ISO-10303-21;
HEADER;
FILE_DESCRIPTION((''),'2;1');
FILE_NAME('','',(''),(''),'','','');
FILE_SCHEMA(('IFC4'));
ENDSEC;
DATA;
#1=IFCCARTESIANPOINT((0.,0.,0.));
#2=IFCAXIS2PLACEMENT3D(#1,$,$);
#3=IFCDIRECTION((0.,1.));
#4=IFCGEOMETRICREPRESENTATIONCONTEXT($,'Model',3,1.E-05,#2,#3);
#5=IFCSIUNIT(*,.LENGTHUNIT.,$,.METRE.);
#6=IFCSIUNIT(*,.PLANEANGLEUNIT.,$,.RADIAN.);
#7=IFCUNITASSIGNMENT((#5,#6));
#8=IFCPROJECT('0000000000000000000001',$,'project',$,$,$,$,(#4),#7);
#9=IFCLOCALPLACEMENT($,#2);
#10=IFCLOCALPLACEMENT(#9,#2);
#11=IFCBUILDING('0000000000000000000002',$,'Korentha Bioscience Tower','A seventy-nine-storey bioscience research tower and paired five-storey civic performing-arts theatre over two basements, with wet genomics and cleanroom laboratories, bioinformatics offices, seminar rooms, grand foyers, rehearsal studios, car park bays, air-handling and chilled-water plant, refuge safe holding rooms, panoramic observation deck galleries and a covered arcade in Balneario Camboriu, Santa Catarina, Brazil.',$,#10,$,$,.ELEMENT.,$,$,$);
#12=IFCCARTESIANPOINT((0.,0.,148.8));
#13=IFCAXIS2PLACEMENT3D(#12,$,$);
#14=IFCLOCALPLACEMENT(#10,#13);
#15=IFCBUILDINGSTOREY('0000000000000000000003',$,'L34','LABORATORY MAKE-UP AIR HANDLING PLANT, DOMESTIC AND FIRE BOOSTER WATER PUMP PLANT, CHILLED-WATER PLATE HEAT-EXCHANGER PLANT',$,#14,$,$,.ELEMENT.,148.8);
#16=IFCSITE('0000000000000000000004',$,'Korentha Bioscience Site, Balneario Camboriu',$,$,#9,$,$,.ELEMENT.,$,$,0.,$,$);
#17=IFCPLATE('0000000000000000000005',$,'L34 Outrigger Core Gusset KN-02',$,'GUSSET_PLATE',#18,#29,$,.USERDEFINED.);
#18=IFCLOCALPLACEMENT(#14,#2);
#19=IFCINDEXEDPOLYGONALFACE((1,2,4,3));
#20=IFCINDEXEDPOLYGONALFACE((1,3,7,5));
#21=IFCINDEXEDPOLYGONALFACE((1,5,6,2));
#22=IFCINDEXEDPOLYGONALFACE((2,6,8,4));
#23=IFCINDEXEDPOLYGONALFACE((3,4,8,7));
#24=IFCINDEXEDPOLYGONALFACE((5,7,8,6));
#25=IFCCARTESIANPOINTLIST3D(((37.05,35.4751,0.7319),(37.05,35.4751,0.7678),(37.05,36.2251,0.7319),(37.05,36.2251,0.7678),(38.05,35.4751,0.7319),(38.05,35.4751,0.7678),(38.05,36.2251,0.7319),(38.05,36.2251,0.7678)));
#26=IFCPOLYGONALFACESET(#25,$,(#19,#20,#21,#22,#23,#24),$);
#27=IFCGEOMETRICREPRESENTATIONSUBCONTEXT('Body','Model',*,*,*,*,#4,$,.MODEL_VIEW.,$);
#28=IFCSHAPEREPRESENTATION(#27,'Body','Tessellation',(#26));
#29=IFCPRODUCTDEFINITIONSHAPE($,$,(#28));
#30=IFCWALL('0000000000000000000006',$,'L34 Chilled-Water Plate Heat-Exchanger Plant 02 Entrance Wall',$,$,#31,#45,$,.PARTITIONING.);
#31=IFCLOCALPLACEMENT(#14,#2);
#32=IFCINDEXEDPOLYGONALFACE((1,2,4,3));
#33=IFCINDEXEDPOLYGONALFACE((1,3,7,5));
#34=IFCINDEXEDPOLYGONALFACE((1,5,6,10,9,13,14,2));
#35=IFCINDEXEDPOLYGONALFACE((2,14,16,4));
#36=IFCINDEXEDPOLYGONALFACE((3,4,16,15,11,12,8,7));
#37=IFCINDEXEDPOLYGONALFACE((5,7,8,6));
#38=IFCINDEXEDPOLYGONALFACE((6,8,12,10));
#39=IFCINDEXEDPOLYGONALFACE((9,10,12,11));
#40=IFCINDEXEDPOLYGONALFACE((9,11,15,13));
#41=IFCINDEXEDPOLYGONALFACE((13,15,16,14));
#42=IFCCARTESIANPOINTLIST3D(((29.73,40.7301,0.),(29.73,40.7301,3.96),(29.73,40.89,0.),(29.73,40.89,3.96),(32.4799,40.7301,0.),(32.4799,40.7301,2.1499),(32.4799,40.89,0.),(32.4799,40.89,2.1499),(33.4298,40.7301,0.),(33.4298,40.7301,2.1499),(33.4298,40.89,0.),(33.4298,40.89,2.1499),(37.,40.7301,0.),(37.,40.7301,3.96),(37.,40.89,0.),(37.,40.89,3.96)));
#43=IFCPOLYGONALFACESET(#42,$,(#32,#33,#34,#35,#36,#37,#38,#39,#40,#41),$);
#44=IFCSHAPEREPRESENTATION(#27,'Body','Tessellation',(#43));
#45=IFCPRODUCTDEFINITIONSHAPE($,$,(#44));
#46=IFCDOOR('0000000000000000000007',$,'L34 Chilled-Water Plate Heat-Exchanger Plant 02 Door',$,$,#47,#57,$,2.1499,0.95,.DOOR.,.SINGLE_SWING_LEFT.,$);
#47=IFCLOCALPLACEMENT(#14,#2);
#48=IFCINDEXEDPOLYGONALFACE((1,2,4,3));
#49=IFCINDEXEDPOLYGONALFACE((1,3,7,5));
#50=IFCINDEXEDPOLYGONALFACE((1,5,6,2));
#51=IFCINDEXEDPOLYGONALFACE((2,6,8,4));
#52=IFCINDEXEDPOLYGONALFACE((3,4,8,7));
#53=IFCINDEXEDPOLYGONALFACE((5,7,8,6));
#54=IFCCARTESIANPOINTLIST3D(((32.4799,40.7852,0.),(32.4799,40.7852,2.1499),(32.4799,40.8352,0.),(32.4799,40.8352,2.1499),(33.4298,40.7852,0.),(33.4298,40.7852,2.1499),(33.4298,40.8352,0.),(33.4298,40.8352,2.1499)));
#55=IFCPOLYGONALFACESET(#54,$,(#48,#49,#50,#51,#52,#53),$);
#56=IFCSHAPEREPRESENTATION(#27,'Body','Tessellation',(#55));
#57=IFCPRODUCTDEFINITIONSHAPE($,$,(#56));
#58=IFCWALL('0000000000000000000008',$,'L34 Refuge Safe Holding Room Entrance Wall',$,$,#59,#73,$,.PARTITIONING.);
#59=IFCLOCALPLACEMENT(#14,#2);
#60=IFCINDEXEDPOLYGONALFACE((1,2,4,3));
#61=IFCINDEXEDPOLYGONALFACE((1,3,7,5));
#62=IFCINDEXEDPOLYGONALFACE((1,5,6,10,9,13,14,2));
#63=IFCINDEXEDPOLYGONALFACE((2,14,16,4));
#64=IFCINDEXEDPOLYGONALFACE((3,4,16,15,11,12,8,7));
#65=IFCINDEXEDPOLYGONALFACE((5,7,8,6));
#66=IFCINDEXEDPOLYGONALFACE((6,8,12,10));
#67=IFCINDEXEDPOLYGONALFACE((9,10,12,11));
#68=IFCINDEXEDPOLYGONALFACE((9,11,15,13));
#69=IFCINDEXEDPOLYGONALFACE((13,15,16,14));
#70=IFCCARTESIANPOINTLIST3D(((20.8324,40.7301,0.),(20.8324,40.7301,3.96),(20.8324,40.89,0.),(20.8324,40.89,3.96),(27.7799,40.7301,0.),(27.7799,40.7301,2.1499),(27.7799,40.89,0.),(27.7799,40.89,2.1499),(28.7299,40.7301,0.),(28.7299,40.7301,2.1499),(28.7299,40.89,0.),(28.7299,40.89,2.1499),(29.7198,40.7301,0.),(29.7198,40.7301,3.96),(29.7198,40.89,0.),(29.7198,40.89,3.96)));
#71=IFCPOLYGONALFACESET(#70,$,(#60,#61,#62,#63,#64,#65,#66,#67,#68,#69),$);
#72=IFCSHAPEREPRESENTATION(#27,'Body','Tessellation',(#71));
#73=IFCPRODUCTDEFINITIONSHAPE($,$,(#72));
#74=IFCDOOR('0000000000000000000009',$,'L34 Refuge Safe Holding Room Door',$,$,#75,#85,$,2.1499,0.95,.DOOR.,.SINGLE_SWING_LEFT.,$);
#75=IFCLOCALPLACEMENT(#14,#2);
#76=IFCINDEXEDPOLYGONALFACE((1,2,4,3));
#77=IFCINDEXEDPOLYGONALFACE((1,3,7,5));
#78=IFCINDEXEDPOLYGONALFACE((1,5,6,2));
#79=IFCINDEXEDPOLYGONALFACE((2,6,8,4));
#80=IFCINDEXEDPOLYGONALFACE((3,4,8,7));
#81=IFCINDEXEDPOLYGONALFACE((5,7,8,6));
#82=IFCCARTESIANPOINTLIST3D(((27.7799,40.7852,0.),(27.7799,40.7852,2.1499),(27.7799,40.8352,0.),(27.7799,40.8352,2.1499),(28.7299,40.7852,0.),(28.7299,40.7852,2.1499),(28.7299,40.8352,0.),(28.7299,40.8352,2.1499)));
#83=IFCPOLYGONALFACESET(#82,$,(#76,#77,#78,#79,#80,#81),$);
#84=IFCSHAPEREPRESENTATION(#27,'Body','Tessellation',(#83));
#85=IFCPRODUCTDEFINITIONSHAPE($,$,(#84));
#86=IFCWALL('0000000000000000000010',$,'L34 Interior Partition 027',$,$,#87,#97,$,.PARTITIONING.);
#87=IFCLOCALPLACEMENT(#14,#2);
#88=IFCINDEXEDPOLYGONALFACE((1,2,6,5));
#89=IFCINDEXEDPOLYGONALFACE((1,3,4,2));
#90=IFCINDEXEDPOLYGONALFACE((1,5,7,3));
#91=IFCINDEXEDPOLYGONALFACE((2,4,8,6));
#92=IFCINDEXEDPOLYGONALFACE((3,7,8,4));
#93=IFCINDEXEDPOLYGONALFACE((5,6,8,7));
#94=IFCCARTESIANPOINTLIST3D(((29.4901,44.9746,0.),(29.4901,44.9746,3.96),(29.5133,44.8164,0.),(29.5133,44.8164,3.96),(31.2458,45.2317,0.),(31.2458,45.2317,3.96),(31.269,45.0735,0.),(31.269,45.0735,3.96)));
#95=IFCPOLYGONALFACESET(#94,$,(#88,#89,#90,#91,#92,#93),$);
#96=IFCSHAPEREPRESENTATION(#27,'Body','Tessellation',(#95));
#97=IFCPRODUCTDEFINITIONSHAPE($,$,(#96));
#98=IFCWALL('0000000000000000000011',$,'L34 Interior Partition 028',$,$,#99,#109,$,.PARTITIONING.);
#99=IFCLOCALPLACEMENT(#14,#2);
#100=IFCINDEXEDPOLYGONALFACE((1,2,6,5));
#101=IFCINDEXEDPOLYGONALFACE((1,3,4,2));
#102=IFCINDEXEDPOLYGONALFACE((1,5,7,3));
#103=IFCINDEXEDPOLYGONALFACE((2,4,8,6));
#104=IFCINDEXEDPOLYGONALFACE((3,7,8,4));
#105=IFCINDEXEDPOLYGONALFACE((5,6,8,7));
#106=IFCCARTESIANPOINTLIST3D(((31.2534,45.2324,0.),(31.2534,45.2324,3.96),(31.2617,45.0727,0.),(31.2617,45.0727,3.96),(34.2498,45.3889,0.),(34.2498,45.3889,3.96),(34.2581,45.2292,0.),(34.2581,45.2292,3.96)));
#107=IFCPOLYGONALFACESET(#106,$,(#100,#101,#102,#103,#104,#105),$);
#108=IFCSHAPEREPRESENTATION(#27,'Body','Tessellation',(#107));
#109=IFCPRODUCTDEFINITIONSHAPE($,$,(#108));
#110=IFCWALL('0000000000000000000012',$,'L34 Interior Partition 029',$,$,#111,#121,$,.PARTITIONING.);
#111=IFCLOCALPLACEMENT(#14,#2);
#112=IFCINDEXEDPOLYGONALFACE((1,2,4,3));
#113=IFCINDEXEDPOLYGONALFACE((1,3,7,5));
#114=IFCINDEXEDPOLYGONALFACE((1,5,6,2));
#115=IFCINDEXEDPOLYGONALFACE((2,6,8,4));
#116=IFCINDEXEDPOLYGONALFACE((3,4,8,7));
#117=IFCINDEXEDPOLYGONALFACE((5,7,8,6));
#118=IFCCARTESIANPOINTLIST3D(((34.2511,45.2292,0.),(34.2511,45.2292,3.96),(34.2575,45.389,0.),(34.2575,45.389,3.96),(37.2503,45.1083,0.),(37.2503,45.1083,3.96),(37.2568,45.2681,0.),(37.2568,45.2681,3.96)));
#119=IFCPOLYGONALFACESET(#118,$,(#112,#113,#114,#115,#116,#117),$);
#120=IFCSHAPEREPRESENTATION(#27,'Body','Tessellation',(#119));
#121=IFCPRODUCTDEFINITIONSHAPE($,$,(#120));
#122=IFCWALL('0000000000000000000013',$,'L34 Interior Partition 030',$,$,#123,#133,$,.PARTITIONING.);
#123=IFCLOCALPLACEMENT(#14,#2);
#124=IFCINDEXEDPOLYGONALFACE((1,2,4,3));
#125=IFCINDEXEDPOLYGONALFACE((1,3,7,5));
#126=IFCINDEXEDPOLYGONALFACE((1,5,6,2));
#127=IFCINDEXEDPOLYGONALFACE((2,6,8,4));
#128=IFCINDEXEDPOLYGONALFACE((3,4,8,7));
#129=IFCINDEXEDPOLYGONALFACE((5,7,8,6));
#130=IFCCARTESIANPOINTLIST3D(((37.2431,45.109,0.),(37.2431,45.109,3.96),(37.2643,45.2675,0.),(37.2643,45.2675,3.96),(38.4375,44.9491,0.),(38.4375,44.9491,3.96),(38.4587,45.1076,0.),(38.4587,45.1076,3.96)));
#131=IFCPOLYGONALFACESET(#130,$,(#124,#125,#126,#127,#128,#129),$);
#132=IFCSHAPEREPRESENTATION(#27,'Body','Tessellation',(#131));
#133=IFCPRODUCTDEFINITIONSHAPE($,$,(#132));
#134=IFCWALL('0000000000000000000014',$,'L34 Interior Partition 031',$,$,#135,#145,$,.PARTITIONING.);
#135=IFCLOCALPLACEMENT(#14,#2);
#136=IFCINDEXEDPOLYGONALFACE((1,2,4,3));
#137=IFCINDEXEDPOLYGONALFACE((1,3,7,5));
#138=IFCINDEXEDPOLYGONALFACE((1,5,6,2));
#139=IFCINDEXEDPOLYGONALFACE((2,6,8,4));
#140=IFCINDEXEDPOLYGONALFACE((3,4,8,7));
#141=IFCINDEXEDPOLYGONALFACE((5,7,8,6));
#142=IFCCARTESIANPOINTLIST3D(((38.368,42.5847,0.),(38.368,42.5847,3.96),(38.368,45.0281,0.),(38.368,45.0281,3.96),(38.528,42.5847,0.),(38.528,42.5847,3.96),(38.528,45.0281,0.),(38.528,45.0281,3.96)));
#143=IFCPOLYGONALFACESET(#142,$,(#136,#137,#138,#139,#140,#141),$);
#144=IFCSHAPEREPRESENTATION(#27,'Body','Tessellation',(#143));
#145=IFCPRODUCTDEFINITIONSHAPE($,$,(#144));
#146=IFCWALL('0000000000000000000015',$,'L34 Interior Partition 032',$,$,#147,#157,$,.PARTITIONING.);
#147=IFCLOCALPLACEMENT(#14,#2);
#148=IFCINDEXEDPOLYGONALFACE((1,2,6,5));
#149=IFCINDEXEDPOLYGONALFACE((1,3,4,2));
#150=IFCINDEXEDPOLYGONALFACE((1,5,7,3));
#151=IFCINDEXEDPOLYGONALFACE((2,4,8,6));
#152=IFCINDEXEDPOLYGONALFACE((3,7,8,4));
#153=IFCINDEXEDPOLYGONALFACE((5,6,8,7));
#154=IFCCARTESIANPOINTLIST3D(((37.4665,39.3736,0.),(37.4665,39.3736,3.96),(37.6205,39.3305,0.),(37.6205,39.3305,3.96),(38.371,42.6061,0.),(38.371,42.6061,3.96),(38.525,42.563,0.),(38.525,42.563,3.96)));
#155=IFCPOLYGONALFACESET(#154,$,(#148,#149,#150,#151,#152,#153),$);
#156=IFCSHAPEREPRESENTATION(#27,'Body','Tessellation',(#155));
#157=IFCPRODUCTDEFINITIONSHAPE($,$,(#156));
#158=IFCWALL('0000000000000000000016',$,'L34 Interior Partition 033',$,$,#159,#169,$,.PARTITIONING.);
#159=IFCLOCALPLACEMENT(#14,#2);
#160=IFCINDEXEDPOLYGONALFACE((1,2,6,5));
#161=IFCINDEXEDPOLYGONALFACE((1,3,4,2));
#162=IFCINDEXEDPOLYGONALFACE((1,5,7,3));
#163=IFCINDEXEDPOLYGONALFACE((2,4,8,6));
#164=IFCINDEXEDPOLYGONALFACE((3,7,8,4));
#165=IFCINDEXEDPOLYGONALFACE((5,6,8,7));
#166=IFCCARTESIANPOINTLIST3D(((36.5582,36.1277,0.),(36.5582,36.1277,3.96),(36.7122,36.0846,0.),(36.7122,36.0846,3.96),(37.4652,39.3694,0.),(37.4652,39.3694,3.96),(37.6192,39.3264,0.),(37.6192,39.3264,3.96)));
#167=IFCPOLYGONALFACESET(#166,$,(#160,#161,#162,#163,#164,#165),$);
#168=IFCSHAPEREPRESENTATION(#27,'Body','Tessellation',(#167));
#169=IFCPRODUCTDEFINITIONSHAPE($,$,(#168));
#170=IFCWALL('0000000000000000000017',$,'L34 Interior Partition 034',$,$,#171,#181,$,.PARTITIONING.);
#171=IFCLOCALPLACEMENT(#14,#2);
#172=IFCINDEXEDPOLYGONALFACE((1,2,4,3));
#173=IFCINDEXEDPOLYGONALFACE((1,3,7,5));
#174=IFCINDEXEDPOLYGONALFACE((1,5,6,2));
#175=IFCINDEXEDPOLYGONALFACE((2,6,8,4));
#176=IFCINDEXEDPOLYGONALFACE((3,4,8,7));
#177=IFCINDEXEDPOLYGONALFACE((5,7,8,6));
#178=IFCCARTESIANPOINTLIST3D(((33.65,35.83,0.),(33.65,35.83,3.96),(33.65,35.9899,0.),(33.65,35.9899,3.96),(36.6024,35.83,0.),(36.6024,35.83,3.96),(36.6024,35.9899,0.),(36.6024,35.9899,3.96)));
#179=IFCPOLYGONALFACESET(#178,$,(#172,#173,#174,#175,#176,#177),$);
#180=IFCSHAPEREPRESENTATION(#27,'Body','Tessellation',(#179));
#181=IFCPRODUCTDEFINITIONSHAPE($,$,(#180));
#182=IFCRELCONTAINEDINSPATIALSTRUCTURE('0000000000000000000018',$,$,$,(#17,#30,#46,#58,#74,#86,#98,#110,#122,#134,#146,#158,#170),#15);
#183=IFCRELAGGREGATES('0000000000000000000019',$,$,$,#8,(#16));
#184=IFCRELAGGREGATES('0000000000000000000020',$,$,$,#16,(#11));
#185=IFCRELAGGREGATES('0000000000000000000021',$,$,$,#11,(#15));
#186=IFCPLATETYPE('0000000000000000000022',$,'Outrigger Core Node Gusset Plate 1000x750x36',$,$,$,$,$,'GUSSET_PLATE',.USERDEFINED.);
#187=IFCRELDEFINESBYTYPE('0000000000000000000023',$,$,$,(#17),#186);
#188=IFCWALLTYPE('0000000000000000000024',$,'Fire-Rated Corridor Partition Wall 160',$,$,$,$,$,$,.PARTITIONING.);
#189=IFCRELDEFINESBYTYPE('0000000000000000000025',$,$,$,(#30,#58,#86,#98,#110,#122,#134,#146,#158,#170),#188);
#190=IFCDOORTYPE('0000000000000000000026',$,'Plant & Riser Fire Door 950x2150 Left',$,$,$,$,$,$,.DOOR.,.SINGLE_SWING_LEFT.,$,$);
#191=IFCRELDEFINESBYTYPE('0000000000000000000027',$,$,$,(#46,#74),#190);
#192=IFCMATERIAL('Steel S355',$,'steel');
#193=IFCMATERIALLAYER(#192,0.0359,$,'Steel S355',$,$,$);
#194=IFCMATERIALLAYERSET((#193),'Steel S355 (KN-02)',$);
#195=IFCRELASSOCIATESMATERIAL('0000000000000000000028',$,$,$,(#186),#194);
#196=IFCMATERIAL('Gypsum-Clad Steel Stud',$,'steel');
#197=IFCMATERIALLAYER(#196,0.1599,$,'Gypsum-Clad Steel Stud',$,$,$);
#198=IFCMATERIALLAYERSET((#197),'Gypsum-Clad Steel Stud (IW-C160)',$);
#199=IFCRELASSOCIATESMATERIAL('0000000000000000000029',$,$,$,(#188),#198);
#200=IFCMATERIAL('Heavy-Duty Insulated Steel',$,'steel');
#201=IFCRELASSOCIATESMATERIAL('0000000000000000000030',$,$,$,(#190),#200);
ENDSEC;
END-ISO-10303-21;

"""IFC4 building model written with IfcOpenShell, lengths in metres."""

from ifc_helpers import new_model, si_unit, direction, frame, frame_2d, origin, origin_2d, place, context, subcontext, project, spatial, rectangle, extrude, material, layer, layer_set, type_object, element, fill, save


model = new_model("IFC4")

# Units and contexts
model_context = context("Model", 3, precision=1e-05, world=origin(), true_north=direction((0.0, 1.0)))
body_context = subcontext(model_context, "Body", "Model", "MODEL_VIEW")
ifc_project = project(units=[si_unit("LENGTHUNIT", "METRE"), si_unit("PLANEANGLEUNIT", "RADIAN")], contexts=[model_context])

# Site, building, storey
site_placement = place(None, origin())
site = spatial("IfcSite", under=ifc_project, at=site_placement, Name="Korentha Bioscience Site, Balneario Camboriu", CompositionType="ELEMENT", RefElevation=0.0)
building_placement = place(site_placement, origin())
building = spatial("IfcBuilding", under=site, at=building_placement, Name="Korentha Bioscience Tower", Description="A seventy-nine-storey bioscience research tower and paired five-storey civic performing-arts theatre over two basements, with wet genomics and cleanroom laboratories, bioinformatics offices, seminar rooms, grand foyers, rehearsal studios, car park bays, air-handling and chilled-water plant, refuge safe holding rooms, panoramic observation deck galleries and a covered arcade in Balneario Camboriu, Santa Catarina, Brazil.", CompositionType="ELEMENT")
storey_placement = place(building_placement, frame((0.0, 0.0, 148.8)))
storey = spatial("IfcBuildingStorey", under=building, at=storey_placement, Name="L34", Description="LABORATORY MAKE-UP AIR HANDLING PLANT, DOMESTIC AND FIRE BOOSTER WATER PUMP PLANT, CHILLED-WATER PLATE HEAT-EXCHANGER PLANT", CompositionType="ELEMENT", Elevation=148.8)

# Shared definitions
ifc_material_1 = material(Name="Steel S355", Category="steel")

# Plate
ifc_layer_1 = layer(ifc_material_1, 0.0359, Name="Steel S355")
ifc_layer_set_1 = layer_set([ifc_layer_1], Name="Steel S355 (KN-02)")
plate_type_1 = type_object("IfcPlateType", Name="Outrigger Core Node Gusset Plate 1000x750x36", ElementType="GUSSET_PLATE", PredefinedType="USERDEFINED", material=ifc_layer_set_1)
plate_1_placement = place(storey_placement, frame((37.55, 35.8501, 0.7319), z_axis=(0.0, 0.0, 1.0), x_axis=(1.0, 0.0, 0.0)))
element("IfcPlate", 1, at=plate_1_placement, inside=storey, type_object=plate_type_1, Name="L34 Outrigger Core Gusset KN-02", ObjectType="GUSSET_PLATE", PredefinedType="USERDEFINED", context=body_context, shape_type="SweptSolid", body=[
    extrude(rectangle(XDim=1.0, YDim=0.75, at=origin_2d()), origin(), (0.0, 0.0, 1.0), 0.0359),
])

# Walls, openings, doors
ifc_material_2 = material(Name="Gypsum-Clad Steel Stud", Category="steel")
ifc_layer_2 = layer(ifc_material_2, 0.1599, Name="Gypsum-Clad Steel Stud")
ifc_layer_set_2 = layer_set([ifc_layer_2], Name="Gypsum-Clad Steel Stud (IW-C160)")
wall_type_1 = type_object("IfcWallType", Name="Fire-Rated Corridor Partition Wall 160", PredefinedType="PARTITIONING", material=ifc_layer_set_2)
wall_1_placement = place(storey_placement, frame((37.0, 40.8101, 0.0), z_axis=(0.0, 0.0, 1.0), x_axis=(-1.0, 0.0, 0.0)))
wall_1 = element("IfcWall", 2, at=wall_1_placement, inside=storey, type_object=wall_type_1, Name="L34 Chilled-Water Plate Heat-Exchanger Plant 02 Entrance Wall", PredefinedType="PARTITIONING", context=body_context, shape_type="SweptSolid", body=[
    extrude(rectangle(XDim=7.27, YDim=0.1599, at=frame_2d((3.635, 0.0))), origin(), (0.0, 0.0, 1.0), 3.96),
])
opening_1_placement = place(wall_1_placement, frame((3.5701, 0.0, 0.0)))
opening_1 = element("IfcOpeningElement", 3, at=opening_1_placement, cuts=wall_1, PredefinedType="OPENING", context=body_context, shape_type="SweptSolid", body=[
    extrude(rectangle(XDim=0.95, YDim=2.1499, at=frame_2d((0.4751, 1.075))), frame((0.0, 0.0947, 0.0), z_axis=(0.0, -1.0, 0.0), x_axis=(1.0, 0.0, 0.0)), (0.0, 0.0, 1.0), 0.1897),
])
ifc_material_3 = material(Name="Heavy-Duty Insulated Steel", Category="steel")
door_type = type_object("IfcDoorType", Name="Plant & Riser Fire Door 950x2150 Left", OperationType="SINGLE_SWING_LEFT", PredefinedType="DOOR", material=ifc_material_3)
door_1_placement = place(opening_1_placement, origin())
door_1 = element("IfcDoor", 4, at=door_1_placement, inside=storey, type_object=door_type, Name="L34 Chilled-Water Plate Heat-Exchanger Plant 02 Door", OperationType="SINGLE_SWING_LEFT", OverallHeight=2.1499, OverallWidth=0.95, PredefinedType="DOOR", context=body_context, shape_type="SweptSolid", body=[
    extrude(rectangle(XDim=0.95, YDim=2.1499, at=frame_2d((0.4751, 1.075))), frame((0.0, 0.0249, 0.0), z_axis=(0.0, -1.0, 0.0), x_axis=(1.0, 0.0, 0.0)), (0.0, 0.0, 1.0), 0.05),
])
fill(opening_1, door_1)
wall_2_placement = place(storey_placement, frame((29.72, 40.8101, 0.0), z_axis=(0.0, 0.0, 1.0), x_axis=(-1.0, 0.0, 0.0)))
wall_2 = element("IfcWall", 5, at=wall_2_placement, inside=storey, type_object=wall_type_1, Name="L34 Refuge Safe Holding Room Entrance Wall", PredefinedType="PARTITIONING", context=body_context, shape_type="SweptSolid", body=[
    extrude(rectangle(XDim=8.8875, YDim=0.1599, at=frame_2d((4.4438, 0.0))), origin(), (0.0, 0.0, 1.0), 3.96),
])
opening_2_placement = place(wall_2_placement, frame((0.99, 0.0, 0.0)))
opening_2 = element("IfcOpeningElement", 6, at=opening_2_placement, cuts=wall_2, PredefinedType="OPENING", context=body_context, shape_type="SweptSolid", body=[
    extrude(rectangle(XDim=0.95, YDim=2.1499, at=frame_2d((0.4751, 1.075))), frame((0.0, 0.0947, 0.0), z_axis=(0.0, -1.0, 0.0), x_axis=(1.0, 0.0, 0.0)), (0.0, 0.0, 1.0), 0.1897),
])
door_2_placement = place(opening_2_placement, origin())
door_2 = element("IfcDoor", 7, at=door_2_placement, inside=storey, type_object=door_type, Name="L34 Refuge Safe Holding Room Door", OperationType="SINGLE_SWING_LEFT", OverallHeight=2.1499, OverallWidth=0.95, PredefinedType="DOOR", context=body_context, shape_type="SweptSolid", body=[
    extrude(rectangle(XDim=0.95, YDim=2.1499, at=frame_2d((0.4751, 1.075))), frame((0.0, 0.0249, 0.0), z_axis=(0.0, -1.0, 0.0), x_axis=(1.0, 0.0, 0.0)), (0.0, 0.0, 1.0), 0.05),
])
fill(opening_2, door_2)

# Walls
wall_3_placement = place(storey_placement, frame((29.5017, 44.8955, 0.0), z_axis=(0.0, 0.0, 1.0), x_axis=(0.989448, 0.144888, 0.0)))
element("IfcWall", 8, at=wall_3_placement, inside=storey, type_object=wall_type_1, Name="L34 Interior Partition 027", PredefinedType="PARTITIONING", context=body_context, shape_type="SweptSolid", body=[
    extrude(rectangle(XDim=1.7744, YDim=0.1599, at=frame_2d((0.8872, 0.0))), origin(), (0.0, 0.0, 1.0), 3.96),
])
wall_4_placement = place(storey_placement, frame((31.2576, 45.1526, 0.0), z_axis=(0.0, 0.0, 1.0), x_axis=(0.998639, 0.052157, 0.0)))
element("IfcWall", 9, at=wall_4_placement, inside=storey, type_object=wall_type_1, Name="L34 Interior Partition 028", PredefinedType="PARTITIONING", context=body_context, shape_type="SweptSolid", body=[
    extrude(rectangle(XDim=3.0005, YDim=0.1599, at=frame_2d((1.5002, 0.0))), origin(), (0.0, 0.0, 1.0), 3.96),
])
wall_5_placement = place(storey_placement, frame((34.2542, 45.3091, 0.0), z_axis=(0.0, 0.0, 1.0), x_axis=(0.999189, -0.04026, 0.0)))
element("IfcWall", 10, at=wall_5_placement, inside=storey, type_object=wall_type_1, Name="L34 Interior Partition 029", PredefinedType="PARTITIONING", context=body_context, shape_type="SweptSolid", body=[
    extrude(rectangle(XDim=3.0017, YDim=0.1599, at=frame_2d((1.501, 0.0))), origin(), (0.0, 0.0, 1.0), 3.96),
])
wall_6_placement = place(storey_placement, frame((37.2537, 45.1882, 0.0), z_axis=(0.0, 0.0, 1.0), x_axis=(0.991155, -0.132708, 0.0)))
element("IfcWall", 11, at=wall_6_placement, inside=storey, type_object=wall_type_1, Name="L34 Interior Partition 030", PredefinedType="PARTITIONING", context=body_context, shape_type="SweptSolid", body=[
    extrude(rectangle(XDim=1.2051, YDim=0.1599, at=frame_2d((0.6025, 0.0))), origin(), (0.0, 0.0, 1.0), 3.96),
])
wall_7_placement = place(storey_placement, frame((38.448, 45.0281, 0.0), z_axis=(0.0, 0.0, 1.0), x_axis=(0.0, -1.0, 0.0)))
element("IfcWall", 12, at=wall_7_placement, inside=storey, type_object=wall_type_1, Name="L34 Interior Partition 031", PredefinedType="PARTITIONING", context=body_context, shape_type="SweptSolid", body=[
    extrude(rectangle(XDim=2.4434, YDim=0.1599, at=frame_2d((1.2217, 0.0))), origin(), (0.0, 0.0, 1.0), 3.96),
])
wall_8_placement = place(storey_placement, frame((38.448, 42.5845, 0.0), z_axis=(0.0, 0.0, 1.0), x_axis=(-0.269482, -0.963006, 0.0)))
element("IfcWall", 13, at=wall_8_placement, inside=storey, type_object=wall_type_1, Name="L34 Interior Partition 032", PredefinedType="PARTITIONING", context=body_context, shape_type="SweptSolid", body=[
    extrude(rectangle(XDim=3.3567, YDim=0.1599, at=frame_2d((1.6782, 0.0))), origin(), (0.0, 0.0, 1.0), 3.96),
])
wall_9_placement = place(storey_placement, frame((37.5422, 39.3479, 0.0), z_axis=(0.0, 0.0, 1.0), x_axis=(-0.269439, -0.963017, 0.0)))
element("IfcWall", 14, at=wall_9_placement, inside=storey, type_object=wall_type_1, Name="L34 Interior Partition 033", PredefinedType="PARTITIONING", context=body_context, shape_type="SweptSolid", body=[
    extrude(rectangle(XDim=3.3662, YDim=0.1599, at=frame_2d((1.6831, 0.0))), origin(), (0.0, 0.0, 1.0), 3.96),
])
wall_10_placement = place(storey_placement, frame((36.6023, 35.9099, 0.0), z_axis=(0.0, 0.0, 1.0), x_axis=(-1.0, 0.0, 0.0)))
element("IfcWall", 15, at=wall_10_placement, inside=storey, type_object=wall_type_1, Name="L34 Interior Partition 034", PredefinedType="PARTITIONING", context=body_context, shape_type="SweptSolid", body=[
    extrude(rectangle(XDim=2.9524, YDim=0.1599, at=frame_2d((1.4761, 0.0))), origin(), (0.0, 0.0, 1.0), 3.96),
])

save(model, "model.ifc")
